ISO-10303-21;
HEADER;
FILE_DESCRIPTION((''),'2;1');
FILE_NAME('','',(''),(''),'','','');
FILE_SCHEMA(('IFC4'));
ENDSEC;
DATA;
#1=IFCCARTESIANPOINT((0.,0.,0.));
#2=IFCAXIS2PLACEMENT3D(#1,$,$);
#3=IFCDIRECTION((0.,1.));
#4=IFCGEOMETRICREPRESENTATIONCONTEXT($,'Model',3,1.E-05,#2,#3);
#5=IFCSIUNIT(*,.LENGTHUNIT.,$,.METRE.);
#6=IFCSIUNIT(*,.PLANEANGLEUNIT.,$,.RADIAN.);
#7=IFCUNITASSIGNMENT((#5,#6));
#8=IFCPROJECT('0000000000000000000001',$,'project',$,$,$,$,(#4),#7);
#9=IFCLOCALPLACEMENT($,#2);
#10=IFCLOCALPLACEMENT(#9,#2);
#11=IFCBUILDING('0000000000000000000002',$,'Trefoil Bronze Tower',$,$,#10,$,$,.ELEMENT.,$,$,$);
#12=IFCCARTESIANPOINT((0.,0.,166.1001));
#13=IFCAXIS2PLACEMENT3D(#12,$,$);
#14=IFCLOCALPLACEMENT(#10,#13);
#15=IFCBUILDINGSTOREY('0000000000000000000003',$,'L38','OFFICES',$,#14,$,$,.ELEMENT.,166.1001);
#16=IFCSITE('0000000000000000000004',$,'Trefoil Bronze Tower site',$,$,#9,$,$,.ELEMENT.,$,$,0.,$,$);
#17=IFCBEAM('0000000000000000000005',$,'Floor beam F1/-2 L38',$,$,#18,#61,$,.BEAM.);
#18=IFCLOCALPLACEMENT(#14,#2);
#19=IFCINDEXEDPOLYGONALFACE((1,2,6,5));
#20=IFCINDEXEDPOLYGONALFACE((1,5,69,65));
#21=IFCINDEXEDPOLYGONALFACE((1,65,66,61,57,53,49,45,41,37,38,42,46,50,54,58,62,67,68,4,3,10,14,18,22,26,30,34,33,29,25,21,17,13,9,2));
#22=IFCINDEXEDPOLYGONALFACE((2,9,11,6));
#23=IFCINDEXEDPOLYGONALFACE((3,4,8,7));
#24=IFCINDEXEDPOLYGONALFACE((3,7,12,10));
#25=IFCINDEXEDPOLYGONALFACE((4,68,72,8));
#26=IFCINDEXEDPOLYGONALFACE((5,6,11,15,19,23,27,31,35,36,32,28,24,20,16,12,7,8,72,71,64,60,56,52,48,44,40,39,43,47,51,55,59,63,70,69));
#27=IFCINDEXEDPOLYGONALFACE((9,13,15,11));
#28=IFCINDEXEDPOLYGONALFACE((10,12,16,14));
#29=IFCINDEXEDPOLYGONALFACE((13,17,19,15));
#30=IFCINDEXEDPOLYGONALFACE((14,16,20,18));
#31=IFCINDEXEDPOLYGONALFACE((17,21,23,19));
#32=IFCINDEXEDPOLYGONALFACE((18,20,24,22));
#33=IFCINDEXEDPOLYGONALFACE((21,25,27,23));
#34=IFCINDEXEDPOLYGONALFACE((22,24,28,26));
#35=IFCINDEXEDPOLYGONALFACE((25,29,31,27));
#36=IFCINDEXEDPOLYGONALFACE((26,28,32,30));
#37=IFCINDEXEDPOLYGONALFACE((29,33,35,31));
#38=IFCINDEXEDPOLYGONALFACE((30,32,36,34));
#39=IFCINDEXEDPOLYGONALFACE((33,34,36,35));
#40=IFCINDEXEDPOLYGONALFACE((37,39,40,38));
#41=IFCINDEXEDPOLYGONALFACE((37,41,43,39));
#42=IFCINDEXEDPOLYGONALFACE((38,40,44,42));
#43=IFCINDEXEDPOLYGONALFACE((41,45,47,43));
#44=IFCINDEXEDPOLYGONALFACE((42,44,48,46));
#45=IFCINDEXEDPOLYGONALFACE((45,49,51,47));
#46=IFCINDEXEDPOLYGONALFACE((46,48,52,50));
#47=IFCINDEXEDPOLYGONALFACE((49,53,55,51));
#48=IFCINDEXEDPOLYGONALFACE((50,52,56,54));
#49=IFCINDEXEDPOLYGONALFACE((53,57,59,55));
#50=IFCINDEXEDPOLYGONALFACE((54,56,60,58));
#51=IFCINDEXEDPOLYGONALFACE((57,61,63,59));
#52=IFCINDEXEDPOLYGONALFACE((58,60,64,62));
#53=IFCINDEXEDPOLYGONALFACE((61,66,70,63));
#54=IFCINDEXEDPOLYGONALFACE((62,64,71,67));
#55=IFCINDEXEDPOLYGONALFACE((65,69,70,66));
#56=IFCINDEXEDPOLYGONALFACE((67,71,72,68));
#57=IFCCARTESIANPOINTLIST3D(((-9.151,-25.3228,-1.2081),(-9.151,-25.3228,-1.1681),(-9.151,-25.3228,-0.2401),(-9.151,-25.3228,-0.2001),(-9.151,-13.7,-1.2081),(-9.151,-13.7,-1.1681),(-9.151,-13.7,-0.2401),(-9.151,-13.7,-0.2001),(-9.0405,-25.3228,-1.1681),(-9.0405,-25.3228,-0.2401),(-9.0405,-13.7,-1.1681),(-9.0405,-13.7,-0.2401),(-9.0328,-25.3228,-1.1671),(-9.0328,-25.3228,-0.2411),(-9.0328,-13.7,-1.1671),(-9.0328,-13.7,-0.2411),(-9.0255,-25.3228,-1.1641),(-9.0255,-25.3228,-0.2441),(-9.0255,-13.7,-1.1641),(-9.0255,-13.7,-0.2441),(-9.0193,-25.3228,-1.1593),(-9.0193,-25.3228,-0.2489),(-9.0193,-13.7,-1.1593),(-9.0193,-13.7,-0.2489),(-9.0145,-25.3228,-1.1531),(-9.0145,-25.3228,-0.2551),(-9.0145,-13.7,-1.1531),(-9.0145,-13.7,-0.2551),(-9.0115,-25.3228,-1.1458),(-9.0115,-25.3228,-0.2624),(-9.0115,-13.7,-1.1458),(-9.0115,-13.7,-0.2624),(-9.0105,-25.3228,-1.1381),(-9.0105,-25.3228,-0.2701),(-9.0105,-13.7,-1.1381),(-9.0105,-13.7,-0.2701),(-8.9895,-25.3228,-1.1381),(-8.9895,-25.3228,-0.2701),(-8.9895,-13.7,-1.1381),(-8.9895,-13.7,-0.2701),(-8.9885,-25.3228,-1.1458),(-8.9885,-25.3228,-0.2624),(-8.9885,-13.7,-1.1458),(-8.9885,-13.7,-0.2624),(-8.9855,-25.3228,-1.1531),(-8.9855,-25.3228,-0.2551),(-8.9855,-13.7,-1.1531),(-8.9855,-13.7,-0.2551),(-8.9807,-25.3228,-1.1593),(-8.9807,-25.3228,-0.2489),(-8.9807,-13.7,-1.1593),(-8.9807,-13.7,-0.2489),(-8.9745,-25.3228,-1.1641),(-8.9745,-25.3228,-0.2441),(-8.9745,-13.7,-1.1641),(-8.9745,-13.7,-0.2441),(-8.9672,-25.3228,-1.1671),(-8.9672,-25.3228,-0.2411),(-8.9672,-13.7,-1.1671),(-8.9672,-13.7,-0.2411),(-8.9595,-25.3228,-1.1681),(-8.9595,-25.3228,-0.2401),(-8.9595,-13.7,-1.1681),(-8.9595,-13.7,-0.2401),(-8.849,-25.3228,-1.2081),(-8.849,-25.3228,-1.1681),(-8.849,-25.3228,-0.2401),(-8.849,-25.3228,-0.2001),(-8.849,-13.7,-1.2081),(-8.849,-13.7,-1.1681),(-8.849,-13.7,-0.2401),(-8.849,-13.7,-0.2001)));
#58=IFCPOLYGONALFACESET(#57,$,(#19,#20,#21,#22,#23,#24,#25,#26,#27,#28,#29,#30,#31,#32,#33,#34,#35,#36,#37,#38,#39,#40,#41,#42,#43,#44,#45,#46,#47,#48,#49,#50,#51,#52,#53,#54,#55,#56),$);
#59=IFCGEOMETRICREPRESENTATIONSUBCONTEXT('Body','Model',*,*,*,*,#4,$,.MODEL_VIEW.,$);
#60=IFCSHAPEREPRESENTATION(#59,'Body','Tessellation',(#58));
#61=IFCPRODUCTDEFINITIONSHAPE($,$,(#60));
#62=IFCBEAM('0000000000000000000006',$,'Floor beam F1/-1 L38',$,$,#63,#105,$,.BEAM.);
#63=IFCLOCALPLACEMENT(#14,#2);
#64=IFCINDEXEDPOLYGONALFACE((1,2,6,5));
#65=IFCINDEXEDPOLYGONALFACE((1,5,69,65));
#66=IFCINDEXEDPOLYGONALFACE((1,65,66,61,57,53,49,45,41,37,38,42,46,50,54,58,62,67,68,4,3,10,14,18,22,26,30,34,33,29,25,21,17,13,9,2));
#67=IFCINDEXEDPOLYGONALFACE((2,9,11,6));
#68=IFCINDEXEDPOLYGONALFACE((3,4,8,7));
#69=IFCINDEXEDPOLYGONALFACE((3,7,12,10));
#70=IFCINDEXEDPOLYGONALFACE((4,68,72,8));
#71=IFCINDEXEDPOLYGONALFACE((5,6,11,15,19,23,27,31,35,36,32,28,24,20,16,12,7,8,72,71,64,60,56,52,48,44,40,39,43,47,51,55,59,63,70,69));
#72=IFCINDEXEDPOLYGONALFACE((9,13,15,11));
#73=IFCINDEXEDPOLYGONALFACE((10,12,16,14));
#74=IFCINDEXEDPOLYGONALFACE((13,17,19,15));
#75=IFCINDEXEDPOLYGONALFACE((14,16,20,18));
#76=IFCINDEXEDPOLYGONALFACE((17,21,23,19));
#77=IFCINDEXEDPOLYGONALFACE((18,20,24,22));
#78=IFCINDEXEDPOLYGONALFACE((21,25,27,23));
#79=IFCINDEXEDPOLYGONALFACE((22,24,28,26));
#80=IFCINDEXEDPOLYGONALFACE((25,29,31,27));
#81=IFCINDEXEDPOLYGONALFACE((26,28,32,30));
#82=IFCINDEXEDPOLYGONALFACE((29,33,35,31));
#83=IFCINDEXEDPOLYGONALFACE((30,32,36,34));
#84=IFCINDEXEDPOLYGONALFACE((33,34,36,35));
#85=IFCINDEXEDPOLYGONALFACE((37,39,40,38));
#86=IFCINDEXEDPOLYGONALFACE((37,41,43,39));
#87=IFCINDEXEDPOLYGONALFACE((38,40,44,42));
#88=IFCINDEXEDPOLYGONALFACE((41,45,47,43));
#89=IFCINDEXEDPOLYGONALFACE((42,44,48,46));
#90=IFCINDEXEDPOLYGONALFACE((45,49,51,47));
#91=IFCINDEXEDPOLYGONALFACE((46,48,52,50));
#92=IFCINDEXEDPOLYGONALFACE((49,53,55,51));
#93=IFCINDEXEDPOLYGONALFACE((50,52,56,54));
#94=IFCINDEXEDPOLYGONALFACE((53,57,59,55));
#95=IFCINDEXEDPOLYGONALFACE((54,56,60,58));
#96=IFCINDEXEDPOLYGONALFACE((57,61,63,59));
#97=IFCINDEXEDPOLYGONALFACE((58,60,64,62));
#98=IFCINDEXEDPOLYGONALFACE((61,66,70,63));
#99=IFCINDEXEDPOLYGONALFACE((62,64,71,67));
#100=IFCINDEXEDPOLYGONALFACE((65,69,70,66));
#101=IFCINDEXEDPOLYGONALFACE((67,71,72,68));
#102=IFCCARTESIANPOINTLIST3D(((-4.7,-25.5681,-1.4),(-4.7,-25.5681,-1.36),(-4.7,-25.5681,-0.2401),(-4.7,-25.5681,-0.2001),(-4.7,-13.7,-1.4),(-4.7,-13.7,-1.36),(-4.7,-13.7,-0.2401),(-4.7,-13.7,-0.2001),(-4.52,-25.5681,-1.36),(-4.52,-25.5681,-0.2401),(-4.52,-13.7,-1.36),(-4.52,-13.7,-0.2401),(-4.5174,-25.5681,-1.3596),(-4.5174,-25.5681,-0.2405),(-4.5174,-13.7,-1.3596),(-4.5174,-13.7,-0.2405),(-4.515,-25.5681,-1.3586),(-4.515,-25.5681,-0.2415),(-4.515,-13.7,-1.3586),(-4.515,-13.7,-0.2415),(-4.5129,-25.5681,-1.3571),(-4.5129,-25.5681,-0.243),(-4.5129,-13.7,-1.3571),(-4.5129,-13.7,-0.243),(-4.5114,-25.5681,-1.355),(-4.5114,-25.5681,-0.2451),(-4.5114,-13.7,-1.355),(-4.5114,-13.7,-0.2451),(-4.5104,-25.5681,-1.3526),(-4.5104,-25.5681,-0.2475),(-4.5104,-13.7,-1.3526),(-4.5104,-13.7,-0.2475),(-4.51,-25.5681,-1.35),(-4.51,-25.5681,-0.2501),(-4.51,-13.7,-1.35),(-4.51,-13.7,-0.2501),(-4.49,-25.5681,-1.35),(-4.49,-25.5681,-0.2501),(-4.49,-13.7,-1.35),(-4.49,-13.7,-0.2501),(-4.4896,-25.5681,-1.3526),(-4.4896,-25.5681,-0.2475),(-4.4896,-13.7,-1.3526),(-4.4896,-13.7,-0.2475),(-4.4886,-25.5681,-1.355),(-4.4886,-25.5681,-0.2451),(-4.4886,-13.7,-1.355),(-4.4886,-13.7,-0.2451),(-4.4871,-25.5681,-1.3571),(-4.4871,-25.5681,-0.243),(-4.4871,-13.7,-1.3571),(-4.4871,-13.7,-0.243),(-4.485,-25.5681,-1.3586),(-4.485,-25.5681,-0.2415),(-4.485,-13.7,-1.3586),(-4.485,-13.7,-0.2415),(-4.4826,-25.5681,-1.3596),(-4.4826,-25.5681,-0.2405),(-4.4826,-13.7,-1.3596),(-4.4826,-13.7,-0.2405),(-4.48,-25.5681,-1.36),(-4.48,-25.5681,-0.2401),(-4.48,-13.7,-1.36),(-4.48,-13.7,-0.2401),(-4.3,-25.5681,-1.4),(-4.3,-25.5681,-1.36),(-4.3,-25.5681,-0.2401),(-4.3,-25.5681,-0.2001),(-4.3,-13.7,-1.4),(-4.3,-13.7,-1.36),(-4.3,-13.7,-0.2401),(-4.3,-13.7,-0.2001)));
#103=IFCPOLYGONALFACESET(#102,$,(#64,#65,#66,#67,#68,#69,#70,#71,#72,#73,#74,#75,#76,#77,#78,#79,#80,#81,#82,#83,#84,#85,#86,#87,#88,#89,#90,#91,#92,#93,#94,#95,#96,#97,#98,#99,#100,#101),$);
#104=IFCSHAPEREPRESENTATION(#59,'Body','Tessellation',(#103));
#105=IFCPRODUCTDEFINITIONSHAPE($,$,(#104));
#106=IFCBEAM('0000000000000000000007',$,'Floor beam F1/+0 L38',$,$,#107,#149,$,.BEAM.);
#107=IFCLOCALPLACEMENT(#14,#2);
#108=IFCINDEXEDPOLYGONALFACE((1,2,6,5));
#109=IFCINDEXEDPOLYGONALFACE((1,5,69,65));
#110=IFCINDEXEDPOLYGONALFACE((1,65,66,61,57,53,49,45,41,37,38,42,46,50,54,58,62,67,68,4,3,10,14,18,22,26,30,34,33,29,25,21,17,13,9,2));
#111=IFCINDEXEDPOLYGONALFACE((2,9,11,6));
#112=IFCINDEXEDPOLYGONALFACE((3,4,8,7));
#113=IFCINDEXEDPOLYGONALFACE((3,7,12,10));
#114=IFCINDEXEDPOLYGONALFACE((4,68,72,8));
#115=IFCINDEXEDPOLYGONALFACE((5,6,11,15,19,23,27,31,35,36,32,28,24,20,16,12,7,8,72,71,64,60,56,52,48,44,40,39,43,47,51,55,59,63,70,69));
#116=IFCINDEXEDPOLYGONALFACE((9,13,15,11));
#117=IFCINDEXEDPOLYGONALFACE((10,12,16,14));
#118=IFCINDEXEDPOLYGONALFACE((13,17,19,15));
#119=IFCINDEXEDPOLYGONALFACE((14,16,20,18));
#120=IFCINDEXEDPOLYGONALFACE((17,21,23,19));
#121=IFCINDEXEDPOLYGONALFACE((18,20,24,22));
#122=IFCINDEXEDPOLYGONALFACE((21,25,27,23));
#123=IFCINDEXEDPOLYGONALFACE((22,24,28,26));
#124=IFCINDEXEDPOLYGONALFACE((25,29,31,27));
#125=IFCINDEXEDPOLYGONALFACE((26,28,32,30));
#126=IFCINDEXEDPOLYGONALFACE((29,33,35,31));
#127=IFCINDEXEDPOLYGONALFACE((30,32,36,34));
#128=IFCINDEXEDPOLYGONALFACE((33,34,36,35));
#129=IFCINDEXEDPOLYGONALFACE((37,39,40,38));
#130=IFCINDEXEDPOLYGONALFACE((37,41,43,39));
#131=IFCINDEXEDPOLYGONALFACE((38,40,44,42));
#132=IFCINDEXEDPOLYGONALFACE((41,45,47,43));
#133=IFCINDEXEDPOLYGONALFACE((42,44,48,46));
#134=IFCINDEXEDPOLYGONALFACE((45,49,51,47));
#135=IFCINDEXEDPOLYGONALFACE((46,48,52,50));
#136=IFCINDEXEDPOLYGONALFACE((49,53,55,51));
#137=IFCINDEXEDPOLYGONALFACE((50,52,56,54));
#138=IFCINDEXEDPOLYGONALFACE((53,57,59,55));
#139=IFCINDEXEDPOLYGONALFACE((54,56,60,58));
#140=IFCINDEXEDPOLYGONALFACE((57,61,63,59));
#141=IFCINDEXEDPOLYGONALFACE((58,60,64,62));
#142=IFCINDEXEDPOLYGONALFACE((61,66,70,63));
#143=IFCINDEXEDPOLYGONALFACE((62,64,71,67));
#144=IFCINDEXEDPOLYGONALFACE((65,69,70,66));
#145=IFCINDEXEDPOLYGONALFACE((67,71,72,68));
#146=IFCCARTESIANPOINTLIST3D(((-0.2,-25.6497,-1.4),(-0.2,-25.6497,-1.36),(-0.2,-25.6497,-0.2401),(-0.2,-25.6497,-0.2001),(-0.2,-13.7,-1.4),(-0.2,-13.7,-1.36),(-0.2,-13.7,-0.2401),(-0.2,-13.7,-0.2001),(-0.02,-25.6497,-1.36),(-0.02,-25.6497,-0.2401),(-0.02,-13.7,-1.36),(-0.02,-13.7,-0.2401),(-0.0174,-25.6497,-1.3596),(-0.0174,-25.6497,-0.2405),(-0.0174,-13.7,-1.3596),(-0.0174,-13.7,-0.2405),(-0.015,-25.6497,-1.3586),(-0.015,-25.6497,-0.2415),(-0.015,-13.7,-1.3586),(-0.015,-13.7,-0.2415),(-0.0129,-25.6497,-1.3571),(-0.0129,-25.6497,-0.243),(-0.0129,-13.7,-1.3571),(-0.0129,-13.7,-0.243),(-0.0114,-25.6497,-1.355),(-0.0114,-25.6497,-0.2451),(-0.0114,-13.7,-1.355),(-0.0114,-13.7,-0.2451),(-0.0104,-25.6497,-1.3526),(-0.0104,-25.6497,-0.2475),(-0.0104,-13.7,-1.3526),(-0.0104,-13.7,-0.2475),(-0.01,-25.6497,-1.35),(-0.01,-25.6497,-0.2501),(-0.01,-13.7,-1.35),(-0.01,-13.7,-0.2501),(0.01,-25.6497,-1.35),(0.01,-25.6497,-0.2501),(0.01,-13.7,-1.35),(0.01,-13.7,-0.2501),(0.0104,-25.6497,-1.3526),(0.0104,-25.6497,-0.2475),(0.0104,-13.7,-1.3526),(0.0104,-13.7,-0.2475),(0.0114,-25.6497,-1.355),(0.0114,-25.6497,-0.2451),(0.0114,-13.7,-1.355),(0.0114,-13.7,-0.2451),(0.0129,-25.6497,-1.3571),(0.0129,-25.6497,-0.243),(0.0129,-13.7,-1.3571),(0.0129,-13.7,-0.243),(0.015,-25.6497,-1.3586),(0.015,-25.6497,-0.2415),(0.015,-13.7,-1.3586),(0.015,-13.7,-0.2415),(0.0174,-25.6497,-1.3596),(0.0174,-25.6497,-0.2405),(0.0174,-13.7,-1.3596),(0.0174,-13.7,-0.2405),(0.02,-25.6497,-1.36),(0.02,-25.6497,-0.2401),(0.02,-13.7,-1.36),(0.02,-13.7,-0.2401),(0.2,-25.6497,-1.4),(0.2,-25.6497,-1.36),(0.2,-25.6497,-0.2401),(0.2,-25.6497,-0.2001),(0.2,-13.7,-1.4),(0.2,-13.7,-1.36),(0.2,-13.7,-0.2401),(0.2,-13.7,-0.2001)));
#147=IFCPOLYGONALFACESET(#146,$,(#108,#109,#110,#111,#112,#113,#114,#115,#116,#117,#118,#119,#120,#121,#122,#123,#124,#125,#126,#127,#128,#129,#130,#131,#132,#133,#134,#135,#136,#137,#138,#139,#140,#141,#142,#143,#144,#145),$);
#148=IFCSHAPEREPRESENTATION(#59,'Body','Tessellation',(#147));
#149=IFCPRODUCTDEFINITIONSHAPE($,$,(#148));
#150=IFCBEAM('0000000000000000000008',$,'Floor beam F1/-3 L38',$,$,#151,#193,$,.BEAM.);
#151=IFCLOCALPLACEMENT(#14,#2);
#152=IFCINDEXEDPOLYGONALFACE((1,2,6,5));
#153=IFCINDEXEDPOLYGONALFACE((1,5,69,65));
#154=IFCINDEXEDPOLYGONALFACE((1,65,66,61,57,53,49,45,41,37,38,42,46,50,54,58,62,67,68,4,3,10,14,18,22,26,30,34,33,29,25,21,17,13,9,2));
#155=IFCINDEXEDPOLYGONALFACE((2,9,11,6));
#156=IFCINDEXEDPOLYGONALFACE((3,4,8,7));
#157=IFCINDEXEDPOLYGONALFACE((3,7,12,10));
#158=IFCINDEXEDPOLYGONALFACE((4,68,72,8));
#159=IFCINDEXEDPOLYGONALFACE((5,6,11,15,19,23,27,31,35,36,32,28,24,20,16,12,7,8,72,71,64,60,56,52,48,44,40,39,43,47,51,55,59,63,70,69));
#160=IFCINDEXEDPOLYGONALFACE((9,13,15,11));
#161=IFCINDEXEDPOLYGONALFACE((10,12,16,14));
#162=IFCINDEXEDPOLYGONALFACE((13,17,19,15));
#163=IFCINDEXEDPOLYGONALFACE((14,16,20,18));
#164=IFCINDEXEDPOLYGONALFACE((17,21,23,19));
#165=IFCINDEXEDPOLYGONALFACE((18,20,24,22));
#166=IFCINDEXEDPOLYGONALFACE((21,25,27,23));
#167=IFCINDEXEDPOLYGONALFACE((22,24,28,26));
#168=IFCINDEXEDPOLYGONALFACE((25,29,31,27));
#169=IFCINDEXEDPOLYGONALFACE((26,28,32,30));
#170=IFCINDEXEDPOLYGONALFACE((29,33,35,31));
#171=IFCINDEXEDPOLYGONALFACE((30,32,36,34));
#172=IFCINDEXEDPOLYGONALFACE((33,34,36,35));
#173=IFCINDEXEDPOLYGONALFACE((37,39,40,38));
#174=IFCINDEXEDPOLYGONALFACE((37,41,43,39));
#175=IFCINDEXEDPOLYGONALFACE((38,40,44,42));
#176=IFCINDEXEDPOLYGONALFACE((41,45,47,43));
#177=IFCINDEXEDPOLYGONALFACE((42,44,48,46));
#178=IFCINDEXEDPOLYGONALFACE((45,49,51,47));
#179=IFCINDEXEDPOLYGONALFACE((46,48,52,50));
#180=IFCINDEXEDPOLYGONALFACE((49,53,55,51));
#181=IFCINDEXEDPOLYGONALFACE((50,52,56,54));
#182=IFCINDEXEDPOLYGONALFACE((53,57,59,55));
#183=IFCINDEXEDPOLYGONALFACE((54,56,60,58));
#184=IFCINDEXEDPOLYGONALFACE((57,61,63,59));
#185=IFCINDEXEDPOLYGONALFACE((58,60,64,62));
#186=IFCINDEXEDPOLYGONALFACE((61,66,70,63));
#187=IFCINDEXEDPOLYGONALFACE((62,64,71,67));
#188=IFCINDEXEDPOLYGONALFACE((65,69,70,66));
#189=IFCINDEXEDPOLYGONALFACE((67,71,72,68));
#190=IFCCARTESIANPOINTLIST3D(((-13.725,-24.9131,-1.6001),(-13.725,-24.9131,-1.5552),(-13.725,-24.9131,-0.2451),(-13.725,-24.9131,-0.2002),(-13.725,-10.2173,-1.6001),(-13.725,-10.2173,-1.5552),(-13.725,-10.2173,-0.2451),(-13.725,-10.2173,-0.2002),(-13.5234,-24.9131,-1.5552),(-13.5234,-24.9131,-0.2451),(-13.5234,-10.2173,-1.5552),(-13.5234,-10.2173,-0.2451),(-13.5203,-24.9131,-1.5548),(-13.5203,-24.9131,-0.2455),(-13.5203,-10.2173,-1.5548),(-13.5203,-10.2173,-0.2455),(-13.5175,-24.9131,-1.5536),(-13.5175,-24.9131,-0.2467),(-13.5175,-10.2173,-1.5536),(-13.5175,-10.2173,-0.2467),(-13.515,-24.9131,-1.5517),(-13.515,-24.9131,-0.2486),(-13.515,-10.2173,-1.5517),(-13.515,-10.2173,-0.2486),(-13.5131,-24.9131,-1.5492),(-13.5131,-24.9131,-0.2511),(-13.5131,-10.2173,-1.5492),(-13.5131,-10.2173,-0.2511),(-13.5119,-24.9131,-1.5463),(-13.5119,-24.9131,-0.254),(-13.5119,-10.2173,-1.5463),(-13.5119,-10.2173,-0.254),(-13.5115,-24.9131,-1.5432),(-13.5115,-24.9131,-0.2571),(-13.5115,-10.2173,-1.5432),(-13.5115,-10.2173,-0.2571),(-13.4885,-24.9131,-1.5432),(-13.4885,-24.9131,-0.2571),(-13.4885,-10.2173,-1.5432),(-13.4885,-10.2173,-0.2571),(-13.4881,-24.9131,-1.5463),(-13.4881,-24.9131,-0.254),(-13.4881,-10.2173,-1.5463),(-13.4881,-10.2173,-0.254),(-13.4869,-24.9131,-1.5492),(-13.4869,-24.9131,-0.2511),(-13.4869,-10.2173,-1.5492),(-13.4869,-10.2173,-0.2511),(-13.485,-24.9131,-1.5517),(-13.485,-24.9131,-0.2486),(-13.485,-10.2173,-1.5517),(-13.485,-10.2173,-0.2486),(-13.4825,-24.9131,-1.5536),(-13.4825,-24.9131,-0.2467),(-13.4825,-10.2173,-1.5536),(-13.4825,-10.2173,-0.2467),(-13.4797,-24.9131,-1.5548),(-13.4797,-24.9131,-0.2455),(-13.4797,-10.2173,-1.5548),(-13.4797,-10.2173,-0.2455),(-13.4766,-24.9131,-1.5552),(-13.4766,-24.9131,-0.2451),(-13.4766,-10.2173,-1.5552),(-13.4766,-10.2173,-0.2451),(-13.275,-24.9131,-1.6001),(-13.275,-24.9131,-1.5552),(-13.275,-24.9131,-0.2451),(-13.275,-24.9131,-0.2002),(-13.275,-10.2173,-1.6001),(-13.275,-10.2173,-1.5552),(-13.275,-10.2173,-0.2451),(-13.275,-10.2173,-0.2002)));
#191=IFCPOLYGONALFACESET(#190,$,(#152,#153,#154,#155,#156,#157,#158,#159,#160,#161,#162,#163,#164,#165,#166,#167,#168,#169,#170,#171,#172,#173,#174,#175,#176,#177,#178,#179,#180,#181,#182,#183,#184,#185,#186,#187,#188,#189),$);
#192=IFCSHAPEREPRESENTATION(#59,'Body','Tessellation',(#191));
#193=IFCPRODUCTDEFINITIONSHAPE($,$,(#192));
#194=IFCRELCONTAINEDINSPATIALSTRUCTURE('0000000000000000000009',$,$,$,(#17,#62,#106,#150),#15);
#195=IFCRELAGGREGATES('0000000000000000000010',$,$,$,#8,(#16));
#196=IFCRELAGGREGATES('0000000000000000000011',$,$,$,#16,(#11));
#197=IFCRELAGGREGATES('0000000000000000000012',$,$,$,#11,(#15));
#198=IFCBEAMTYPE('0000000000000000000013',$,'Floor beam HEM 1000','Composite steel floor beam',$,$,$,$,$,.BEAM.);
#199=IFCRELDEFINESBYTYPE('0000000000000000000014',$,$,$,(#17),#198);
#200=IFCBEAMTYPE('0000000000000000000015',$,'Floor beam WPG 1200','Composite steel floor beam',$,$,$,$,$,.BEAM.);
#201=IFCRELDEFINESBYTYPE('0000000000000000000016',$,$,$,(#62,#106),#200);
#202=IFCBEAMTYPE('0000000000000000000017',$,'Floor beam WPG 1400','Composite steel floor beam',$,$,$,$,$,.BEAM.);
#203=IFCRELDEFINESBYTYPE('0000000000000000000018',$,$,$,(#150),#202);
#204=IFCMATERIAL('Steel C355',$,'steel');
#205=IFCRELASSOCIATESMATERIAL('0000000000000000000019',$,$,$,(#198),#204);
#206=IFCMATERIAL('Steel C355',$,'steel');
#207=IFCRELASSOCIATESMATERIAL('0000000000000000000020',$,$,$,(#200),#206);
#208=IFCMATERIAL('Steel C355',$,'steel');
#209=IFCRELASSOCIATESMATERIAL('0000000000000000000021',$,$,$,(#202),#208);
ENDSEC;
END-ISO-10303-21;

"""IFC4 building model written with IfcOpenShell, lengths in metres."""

from ifc_helpers import new_model, si_unit, direction, frame, origin, origin_2d, place, context, subcontext, project, spatial, i_section, extrude, material, material_profile, profile_set, type_object, element, save


model = new_model("IFC4")

# Units and contexts
model_context = context("Model", 3, precision=1e-05, world=origin(), true_north=direction((0.0, 1.0)))
body_context = subcontext(model_context, "Body", "Model", "MODEL_VIEW")
ifc_project = project(units=[si_unit("LENGTHUNIT", "METRE"), si_unit("PLANEANGLEUNIT", "RADIAN")], contexts=[model_context])

# Site, building, storey
site_placement = place(None, origin())
site = spatial("IfcSite", under=ifc_project, at=site_placement, Name="Trefoil Bronze Tower site", CompositionType="ELEMENT", RefElevation=0.0)
building_placement = place(site_placement, origin())
building = spatial("IfcBuilding", under=site, at=building_placement, Name="Trefoil Bronze Tower", CompositionType="ELEMENT")
storey_placement = place(building_placement, frame((0.0, 0.0, 166.1001)))
storey = spatial("IfcBuildingStorey", under=building, at=storey_placement, Name="L38", Description="OFFICES", CompositionType="ELEMENT", Elevation=166.1001)

# Beams
ifc_material_1 = material(Name="Steel C355", Category="steel")
ifc_material_profile_1 = material_profile(ifc_material_1, i_section(OverallWidth=0.302, OverallDepth=1.0081, WebThickness=0.021, FlangeThickness=0.04, FilletRadius=0.03, at=origin_2d()), Name="HEM 1000")
ifc_profile_set_1 = profile_set([ifc_material_profile_1], Name="Steel C355")
beam_type_1 = type_object("IfcBeamType", Name="Floor beam HEM 1000", Description="Composite steel floor beam", PredefinedType="BEAM", material=ifc_profile_set_1)
beam_1_placement = place(storey_placement, frame((-9.0, -25.3228, -0.7041), z_axis=(0.0, 1.0, 0.0), x_axis=(-1.0, 0.0, 0.0)))
element("IfcBeam", 1, at=beam_1_placement, inside=storey, type_object=beam_type_1, Name="Floor beam F1/-2 L38", PredefinedType="BEAM", context=body_context, shape_type="SweptSolid", body=[
    extrude(i_section(OverallWidth=0.302, OverallDepth=1.0081, WebThickness=0.021, FlangeThickness=0.04, FilletRadius=0.03, at=origin_2d()), origin(), (0.0, 0.0, 1.0), 11.6228),
])
ifc_material_2 = material(Name="Steel C355", Category="steel")
ifc_material_profile_2 = material_profile(ifc_material_2, i_section(OverallWidth=0.3999, OverallDepth=1.2, WebThickness=0.02, FlangeThickness=0.04, FilletRadius=0.01, at=origin_2d()), Name="WPG 1200")
ifc_profile_set_2 = profile_set([ifc_material_profile_2], Name="Steel C355")
beam_type_2 = type_object("IfcBeamType", Name="Floor beam WPG 1200", Description="Composite steel floor beam", PredefinedType="BEAM", material=ifc_profile_set_2)
beam_2_placement = place(storey_placement, frame((-4.5, -25.5681, -0.8), z_axis=(0.0, 1.0, 0.0), x_axis=(-1.0, 0.0, 0.0)))
element("IfcBeam", 2, at=beam_2_placement, inside=storey, type_object=beam_type_2, Name="Floor beam F1/-1 L38", PredefinedType="BEAM", context=body_context, shape_type="SweptSolid", body=[
    extrude(i_section(OverallWidth=0.3999, OverallDepth=1.2, WebThickness=0.02, FlangeThickness=0.04, FilletRadius=0.01, at=origin_2d()), origin(), (0.0, 0.0, 1.0), 11.8682),
])
beam_3_placement = place(storey_placement, frame((0.0, -25.6497, -0.8), z_axis=(0.0, 1.0, 0.0), x_axis=(-1.0, 0.0, 0.0)))
element("IfcBeam", 3, at=beam_3_placement, inside=storey, type_object=beam_type_2, Name="Floor beam F1/+0 L38", PredefinedType="BEAM", context=body_context, shape_type="SweptSolid", body=[
    extrude(i_section(OverallWidth=0.3999, OverallDepth=1.2, WebThickness=0.02, FlangeThickness=0.04, FilletRadius=0.01, at=origin_2d()), origin(), (0.0, 0.0, 1.0), 11.9497),
])
ifc_material_3 = material(Name="Steel C355", Category="steel")
ifc_material_profile_3 = material_profile(ifc_material_3, i_section(OverallWidth=0.45, OverallDepth=1.3999, WebThickness=0.0229, FlangeThickness=0.0449, FilletRadius=0.012, at=origin_2d()), Name="WPG 1400")
ifc_profile_set_3 = profile_set([ifc_material_profile_3], Name="Steel C355")
beam_type_3 = type_object("IfcBeamType", Name="Floor beam WPG 1400", Description="Composite steel floor beam", PredefinedType="BEAM", material=ifc_profile_set_3)
beam_4_placement = place(storey_placement, frame((-13.5, -24.9131, -0.9001), z_axis=(0.0, 1.0, 0.0), x_axis=(-1.0, 0.0, 0.0)))
element("IfcBeam", 4, at=beam_4_placement, inside=storey, type_object=beam_type_3, Name="Floor beam F1/-3 L38", PredefinedType="BEAM", context=body_context, shape_type="SweptSolid", body=[
    extrude(i_section(OverallWidth=0.45, OverallDepth=1.3999, WebThickness=0.0229, FlangeThickness=0.0449, FilletRadius=0.012, at=origin_2d()), origin(), (0.0, 0.0, 1.0), 14.6958),
])

save(model, "model.ifc")
